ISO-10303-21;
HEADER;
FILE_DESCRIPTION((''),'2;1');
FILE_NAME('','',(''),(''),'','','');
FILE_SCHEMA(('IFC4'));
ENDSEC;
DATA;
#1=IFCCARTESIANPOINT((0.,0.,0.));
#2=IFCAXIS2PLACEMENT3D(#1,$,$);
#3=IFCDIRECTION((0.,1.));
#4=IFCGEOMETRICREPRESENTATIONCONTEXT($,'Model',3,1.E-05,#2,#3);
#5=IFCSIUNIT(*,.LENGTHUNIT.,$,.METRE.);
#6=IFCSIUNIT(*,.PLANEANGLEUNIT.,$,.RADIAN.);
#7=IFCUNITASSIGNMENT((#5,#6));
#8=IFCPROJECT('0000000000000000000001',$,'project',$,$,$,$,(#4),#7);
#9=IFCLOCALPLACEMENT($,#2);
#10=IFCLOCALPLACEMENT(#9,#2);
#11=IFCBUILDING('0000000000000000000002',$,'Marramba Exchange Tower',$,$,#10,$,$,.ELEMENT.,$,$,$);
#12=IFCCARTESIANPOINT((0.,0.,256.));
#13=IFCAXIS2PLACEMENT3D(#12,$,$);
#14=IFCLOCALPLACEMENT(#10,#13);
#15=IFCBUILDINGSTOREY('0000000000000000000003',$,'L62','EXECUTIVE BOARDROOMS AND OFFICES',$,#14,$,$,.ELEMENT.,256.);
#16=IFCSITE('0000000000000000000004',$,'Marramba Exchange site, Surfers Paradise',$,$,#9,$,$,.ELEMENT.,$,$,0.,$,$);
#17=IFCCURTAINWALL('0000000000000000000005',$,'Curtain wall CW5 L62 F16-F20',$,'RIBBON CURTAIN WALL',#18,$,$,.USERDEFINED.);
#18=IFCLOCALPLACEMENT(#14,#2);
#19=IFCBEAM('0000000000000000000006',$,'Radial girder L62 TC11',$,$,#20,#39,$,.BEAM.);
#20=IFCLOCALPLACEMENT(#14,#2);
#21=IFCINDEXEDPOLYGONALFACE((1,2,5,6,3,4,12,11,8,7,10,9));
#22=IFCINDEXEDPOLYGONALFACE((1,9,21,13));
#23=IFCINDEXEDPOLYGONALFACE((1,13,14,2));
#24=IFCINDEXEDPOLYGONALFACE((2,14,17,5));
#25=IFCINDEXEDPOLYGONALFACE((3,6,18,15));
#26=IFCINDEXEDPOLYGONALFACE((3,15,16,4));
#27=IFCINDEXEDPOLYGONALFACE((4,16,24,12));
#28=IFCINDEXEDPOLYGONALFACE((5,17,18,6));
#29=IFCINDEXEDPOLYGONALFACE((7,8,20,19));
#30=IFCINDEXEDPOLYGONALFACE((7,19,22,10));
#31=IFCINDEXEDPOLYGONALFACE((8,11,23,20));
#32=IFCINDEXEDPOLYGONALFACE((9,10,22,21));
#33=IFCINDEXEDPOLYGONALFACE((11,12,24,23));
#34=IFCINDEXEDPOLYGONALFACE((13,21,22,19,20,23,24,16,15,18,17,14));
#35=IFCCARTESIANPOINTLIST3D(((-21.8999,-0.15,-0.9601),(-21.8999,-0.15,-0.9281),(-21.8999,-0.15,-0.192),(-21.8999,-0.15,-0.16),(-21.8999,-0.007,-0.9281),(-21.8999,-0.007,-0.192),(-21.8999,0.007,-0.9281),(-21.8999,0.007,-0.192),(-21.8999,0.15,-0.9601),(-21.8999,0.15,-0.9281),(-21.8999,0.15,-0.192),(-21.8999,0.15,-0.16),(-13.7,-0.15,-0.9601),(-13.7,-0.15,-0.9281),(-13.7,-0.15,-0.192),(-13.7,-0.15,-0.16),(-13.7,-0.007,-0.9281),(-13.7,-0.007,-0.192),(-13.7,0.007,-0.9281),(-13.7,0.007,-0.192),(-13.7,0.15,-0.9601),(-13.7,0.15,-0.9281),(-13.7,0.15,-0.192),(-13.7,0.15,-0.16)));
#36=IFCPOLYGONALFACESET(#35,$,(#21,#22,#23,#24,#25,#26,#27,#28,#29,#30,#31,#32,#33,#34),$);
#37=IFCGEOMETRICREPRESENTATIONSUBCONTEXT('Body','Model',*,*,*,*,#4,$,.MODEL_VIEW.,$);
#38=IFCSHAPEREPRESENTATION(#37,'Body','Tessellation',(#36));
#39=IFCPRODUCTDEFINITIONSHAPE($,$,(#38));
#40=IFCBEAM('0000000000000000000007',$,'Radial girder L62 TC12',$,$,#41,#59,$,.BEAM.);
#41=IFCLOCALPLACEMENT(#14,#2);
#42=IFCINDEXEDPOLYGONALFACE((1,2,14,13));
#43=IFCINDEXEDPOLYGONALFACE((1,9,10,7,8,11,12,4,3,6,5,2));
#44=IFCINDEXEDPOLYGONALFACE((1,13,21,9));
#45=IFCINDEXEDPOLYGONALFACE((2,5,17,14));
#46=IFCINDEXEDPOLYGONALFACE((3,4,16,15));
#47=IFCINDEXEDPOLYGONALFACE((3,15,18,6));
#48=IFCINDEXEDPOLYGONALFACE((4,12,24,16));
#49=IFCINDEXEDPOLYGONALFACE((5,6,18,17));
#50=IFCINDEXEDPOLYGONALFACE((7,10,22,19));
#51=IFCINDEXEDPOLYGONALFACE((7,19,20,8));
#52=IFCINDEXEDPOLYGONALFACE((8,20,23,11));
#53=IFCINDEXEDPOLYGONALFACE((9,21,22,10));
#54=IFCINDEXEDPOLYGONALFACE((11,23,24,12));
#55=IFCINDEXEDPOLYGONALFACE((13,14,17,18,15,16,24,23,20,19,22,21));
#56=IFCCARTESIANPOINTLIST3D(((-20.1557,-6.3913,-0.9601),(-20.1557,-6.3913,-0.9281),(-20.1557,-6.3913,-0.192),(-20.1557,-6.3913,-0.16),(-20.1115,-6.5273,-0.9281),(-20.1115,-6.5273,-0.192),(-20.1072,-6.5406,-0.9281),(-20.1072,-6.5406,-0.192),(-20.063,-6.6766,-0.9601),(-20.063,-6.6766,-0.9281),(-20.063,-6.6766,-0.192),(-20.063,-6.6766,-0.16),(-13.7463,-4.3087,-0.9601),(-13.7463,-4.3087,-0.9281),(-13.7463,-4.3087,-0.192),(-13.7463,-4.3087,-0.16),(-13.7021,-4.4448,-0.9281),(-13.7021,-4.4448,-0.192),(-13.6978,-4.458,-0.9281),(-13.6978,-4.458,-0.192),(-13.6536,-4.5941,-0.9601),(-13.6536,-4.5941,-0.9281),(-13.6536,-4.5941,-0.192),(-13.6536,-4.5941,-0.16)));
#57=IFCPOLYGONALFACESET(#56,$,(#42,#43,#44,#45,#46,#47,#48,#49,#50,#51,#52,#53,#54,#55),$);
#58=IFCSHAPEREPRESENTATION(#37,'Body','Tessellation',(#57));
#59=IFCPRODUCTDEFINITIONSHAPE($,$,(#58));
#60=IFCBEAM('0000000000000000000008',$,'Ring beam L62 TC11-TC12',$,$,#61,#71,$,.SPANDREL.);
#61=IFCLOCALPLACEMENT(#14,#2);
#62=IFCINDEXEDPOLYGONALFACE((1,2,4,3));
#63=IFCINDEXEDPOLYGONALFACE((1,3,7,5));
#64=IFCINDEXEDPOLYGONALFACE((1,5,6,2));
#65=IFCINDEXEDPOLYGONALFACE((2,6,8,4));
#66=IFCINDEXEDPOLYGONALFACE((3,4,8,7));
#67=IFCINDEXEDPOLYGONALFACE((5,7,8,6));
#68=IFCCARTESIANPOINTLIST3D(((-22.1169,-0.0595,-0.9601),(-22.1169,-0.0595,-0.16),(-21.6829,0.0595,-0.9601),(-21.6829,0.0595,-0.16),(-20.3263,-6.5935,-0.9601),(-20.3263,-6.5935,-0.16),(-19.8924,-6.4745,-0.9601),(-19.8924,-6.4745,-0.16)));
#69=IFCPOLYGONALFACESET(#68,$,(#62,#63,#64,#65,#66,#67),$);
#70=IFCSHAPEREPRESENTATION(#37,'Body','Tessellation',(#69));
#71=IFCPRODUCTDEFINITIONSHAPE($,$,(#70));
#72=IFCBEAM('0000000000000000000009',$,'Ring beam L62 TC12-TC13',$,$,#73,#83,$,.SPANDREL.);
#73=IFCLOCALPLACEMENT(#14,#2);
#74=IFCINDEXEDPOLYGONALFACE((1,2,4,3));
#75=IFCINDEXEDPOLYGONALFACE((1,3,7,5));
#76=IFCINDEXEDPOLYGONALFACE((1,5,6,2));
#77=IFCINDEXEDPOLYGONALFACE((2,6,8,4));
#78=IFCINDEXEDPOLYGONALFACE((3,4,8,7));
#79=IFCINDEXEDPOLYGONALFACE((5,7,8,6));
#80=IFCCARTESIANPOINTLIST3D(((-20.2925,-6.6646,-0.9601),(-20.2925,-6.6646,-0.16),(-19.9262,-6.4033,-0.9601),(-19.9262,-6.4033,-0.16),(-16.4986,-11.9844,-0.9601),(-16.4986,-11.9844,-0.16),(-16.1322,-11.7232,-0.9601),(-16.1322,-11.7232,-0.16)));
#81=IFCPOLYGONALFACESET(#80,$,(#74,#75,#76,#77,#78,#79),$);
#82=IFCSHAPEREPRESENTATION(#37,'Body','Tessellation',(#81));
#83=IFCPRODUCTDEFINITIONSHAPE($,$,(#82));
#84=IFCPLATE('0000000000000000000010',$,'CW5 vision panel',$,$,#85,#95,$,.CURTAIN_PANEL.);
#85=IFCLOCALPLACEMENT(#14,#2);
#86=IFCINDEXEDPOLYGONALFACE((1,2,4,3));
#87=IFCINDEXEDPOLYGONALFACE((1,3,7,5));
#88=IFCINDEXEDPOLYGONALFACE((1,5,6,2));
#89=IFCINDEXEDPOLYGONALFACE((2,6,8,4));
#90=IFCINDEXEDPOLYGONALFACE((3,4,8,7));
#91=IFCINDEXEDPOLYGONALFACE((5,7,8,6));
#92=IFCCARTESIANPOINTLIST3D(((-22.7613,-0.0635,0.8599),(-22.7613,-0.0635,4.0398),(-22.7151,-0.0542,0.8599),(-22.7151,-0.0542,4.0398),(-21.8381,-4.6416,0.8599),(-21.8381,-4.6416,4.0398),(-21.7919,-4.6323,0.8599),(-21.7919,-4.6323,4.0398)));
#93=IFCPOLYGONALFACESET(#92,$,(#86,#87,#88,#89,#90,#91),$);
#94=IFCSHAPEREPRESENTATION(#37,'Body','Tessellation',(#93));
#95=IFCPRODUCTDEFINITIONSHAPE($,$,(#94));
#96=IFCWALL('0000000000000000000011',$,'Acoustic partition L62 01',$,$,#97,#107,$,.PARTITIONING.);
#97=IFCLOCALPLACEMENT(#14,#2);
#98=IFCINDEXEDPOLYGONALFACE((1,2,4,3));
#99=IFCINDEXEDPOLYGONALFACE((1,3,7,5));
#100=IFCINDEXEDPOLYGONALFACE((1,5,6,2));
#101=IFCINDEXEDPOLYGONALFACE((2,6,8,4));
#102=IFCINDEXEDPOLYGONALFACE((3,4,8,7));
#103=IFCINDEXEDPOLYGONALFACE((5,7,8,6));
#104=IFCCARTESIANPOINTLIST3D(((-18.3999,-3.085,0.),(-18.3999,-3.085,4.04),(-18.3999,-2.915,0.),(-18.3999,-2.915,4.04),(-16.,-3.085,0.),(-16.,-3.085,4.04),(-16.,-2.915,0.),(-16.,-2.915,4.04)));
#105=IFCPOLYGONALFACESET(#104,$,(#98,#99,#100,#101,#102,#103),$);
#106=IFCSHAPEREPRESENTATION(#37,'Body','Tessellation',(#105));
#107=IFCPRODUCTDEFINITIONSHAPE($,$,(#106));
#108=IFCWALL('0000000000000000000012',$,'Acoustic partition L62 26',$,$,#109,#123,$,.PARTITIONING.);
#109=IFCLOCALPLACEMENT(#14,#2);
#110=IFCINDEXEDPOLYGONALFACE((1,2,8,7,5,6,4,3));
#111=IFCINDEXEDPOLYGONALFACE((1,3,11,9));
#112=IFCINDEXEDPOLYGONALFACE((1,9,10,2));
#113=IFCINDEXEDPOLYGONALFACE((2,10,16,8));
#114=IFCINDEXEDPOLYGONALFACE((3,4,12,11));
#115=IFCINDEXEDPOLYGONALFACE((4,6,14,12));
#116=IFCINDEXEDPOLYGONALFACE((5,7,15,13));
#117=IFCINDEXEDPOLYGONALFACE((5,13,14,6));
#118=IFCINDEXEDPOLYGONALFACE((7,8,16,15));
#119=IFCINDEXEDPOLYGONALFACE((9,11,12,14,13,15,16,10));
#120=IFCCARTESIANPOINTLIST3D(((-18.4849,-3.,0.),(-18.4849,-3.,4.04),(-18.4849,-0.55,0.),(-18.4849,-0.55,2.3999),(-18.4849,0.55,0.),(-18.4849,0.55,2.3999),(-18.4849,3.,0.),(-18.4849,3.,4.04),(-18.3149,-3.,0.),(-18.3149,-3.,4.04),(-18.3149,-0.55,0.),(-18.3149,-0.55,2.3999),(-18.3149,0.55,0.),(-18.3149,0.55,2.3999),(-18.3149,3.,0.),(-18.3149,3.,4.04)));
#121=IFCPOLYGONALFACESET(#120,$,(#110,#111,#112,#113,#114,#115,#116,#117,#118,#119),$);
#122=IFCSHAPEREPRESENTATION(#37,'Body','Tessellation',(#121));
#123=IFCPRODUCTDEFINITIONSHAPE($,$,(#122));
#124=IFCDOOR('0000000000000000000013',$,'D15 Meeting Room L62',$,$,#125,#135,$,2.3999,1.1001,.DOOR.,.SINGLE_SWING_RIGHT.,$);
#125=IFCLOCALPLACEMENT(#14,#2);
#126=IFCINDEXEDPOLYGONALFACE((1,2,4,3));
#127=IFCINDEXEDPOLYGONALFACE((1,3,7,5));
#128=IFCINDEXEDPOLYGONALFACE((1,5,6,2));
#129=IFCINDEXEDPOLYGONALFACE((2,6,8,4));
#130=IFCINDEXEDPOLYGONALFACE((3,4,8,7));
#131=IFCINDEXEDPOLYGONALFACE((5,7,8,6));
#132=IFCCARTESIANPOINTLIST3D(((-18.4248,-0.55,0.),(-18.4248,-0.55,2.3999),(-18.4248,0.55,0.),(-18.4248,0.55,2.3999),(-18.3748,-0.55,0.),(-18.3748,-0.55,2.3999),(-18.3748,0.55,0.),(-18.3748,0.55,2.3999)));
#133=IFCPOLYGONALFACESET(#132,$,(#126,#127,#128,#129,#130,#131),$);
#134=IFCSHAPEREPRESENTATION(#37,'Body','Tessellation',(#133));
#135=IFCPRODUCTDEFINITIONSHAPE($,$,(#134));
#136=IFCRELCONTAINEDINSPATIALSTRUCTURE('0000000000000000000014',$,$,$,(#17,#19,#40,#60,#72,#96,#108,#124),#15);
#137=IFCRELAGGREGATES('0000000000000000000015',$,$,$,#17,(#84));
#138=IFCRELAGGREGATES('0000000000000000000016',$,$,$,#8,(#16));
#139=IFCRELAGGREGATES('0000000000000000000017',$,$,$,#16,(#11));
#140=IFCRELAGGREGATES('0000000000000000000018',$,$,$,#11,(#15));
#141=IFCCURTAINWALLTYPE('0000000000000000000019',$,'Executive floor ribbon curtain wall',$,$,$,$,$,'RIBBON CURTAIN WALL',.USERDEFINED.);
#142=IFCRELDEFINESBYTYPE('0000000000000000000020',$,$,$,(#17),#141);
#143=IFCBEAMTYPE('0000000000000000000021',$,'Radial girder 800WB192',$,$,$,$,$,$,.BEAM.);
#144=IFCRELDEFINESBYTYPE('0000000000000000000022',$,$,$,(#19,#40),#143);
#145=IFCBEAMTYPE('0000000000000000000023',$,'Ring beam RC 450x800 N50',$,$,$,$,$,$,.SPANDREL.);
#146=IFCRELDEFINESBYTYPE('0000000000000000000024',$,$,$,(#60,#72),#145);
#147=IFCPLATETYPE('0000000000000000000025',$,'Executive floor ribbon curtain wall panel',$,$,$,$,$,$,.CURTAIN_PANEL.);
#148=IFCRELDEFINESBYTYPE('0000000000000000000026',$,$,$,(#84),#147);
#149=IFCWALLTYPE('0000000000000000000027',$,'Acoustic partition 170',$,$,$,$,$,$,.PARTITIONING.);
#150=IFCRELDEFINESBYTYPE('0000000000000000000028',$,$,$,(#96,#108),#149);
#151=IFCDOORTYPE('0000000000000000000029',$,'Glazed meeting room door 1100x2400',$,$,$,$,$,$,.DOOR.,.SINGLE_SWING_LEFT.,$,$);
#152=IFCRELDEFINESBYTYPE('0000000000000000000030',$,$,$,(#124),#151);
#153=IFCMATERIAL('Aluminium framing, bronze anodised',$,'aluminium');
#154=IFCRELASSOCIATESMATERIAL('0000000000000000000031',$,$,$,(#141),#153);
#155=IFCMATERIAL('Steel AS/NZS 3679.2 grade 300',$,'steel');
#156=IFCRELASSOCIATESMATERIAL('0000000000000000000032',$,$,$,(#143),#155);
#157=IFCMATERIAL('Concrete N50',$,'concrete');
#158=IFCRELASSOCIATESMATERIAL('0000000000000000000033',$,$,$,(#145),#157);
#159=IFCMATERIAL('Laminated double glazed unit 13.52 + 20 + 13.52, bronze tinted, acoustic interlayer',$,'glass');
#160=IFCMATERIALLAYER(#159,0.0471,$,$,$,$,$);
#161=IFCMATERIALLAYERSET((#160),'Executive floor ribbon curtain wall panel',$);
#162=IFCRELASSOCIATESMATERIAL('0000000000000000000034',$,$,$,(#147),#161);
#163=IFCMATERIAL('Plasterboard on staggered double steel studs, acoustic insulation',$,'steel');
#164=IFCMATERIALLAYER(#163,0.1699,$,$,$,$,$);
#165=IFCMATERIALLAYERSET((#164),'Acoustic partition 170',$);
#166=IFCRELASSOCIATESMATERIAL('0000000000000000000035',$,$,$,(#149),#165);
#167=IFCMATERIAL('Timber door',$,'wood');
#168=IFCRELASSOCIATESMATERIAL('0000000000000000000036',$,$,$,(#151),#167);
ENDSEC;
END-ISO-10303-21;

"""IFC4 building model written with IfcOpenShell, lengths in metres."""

from ifc_helpers import new_model, si_unit, direction, frame, frame_2d, origin, origin_2d, place, context, subcontext, project, spatial, rectangle, i_section, extrude, material, layer, layer_set, material_profile, profile_set, type_object, element, fill, aggregate, save


model = new_model("IFC4")

# Units and contexts
model_context = context("Model", 3, precision=1e-05, world=origin(), true_north=direction((0.0, 1.0)))
body_context = subcontext(model_context, "Body", "Model", "MODEL_VIEW")
ifc_project = project(units=[si_unit("LENGTHUNIT", "METRE"), si_unit("PLANEANGLEUNIT", "RADIAN")], contexts=[model_context])

# Site, building, storey
site_placement = place(None, origin())
site = spatial("IfcSite", under=ifc_project, at=site_placement, Name="Marramba Exchange site, Surfers Paradise", CompositionType="ELEMENT", RefElevation=0.0)
building_placement = place(site_placement, origin())
building = spatial("IfcBuilding", under=site, at=building_placement, Name="Marramba Exchange Tower", CompositionType="ELEMENT")
storey_placement = place(building_placement, frame((0.0, 0.0, 256.0)))
storey = spatial("IfcBuildingStorey", under=building, at=storey_placement, Name="L62", Description="EXECUTIVE BOARDROOMS AND OFFICES", CompositionType="ELEMENT", Elevation=256.0)

# Shared definitions
ifc_material_1 = material(Name="Concrete N50", Category="concrete")

# Curtain wall
ifc_material_2 = material(Name="Aluminium framing, bronze anodised", Category="aluminium")
curtain_wall_type = type_object("IfcCurtainWallType", Name="Executive floor ribbon curtain wall", ElementType="RIBBON CURTAIN WALL", PredefinedType="USERDEFINED", material=ifc_material_2)
curtain_wall_placement = place(storey_placement, origin())
curtain_wall = element("IfcCurtainWall", 1, at=curtain_wall_placement, inside=storey, type_object=curtain_wall_type, Name="Curtain wall CW5 L62 F16-F20", ObjectType="RIBBON CURTAIN WALL", PredefinedType="USERDEFINED")

# Beams
ifc_material_3 = material(Name="Steel AS/NZS 3679.2 grade 300", Category="steel")
ifc_material_profile_1 = material_profile(ifc_material_3, i_section(OverallWidth=0.3, OverallDepth=0.8, WebThickness=0.0139, FlangeThickness=0.032, at=origin_2d()), Name="800WB192")
ifc_profile_set_1 = profile_set([ifc_material_profile_1], Name="Steel AS/NZS 3679.2 grade 300")
beam_type_1 = type_object("IfcBeamType", Name="Radial girder 800WB192", PredefinedType="BEAM", material=ifc_profile_set_1)
beam_1_placement = place(storey_placement, frame((-13.7, 0.0, -0.5601), z_axis=(-1.0, 0.0, 0.0), x_axis=(0.0, -1.0, 0.0)))
element("IfcBeam", 2, at=beam_1_placement, inside=storey, type_object=beam_type_1, Name="Radial girder L62 TC11", PredefinedType="BEAM", context=body_context, shape_type="SweptSolid", body=[
    extrude(i_section(OverallWidth=0.3, OverallDepth=0.8, WebThickness=0.0139, FlangeThickness=0.032, at=origin_2d()), origin(), (0.0, 0.0, 1.0), 8.2),
])
beam_2_placement = place(storey_placement, frame((-13.7, -4.4514, -0.5601), z_axis=(-0.951058, -0.309013, 0.0), x_axis=(0.309013, -0.951058, 0.0)))
element("IfcBeam", 3, at=beam_2_placement, inside=storey, type_object=beam_type_1, Name="Radial girder L62 TC12", PredefinedType="BEAM", context=body_context, shape_type="SweptSolid", body=[
    extrude(i_section(OverallWidth=0.3, OverallDepth=0.8, WebThickness=0.0139, FlangeThickness=0.032, at=origin_2d()), origin(), (0.0, 0.0, 1.0), 6.7393),
])
ifc_material_profile_2 = material_profile(ifc_material_1, rectangle(XDim=0.45, YDim=0.8, at=origin_2d()), Name="RC 450x800")
ifc_profile_set_2 = profile_set([ifc_material_profile_2], Name="Concrete N50")
beam_type_2 = type_object("IfcBeamType", Name="Ring beam RC 450x800 N50", PredefinedType="SPANDREL", material=ifc_profile_set_2)
beam_3_placement = place(storey_placement, frame((-21.8999, 0.0, -0.5601), z_axis=(0.264291, -0.964443, 0.0), x_axis=(0.964443, 0.264291, 0.0)))
element("IfcBeam", 4, at=beam_3_placement, inside=storey, type_object=beam_type_2, Name="Ring beam L62 TC11-TC12", PredefinedType="SPANDREL", context=body_context, shape_type="SweptSolid", body=[
    extrude(rectangle(XDim=0.45, YDim=0.8, at=origin_2d()), origin(), (0.0, 0.0, 1.0), 6.7749),
])
beam_4_placement = place(storey_placement, frame((-20.1094, -6.5339, -0.5601), z_axis=(0.580637, -0.814162, 0.0), x_axis=(0.814162, 0.580637, 0.0)))
element("IfcBeam", 5, at=beam_4_placement, inside=storey, type_object=beam_type_2, Name="Ring beam L62 TC12-TC13", PredefinedType="SPANDREL", context=body_context, shape_type="SweptSolid", body=[
    extrude(rectangle(XDim=0.45, YDim=0.8, at=origin_2d()), origin(), (0.0, 0.0, 1.0), 6.5342),
])

# Plate
ifc_material_4 = material(Name="Laminated double glazed unit 13.52 + 20 + 13.52, bronze tinted, acoustic interlayer", Category="glass")
ifc_layer_1 = layer(ifc_material_4, 0.0471)
ifc_layer_set_1 = layer_set([ifc_layer_1], Name="Executive floor ribbon curtain wall panel")
plate_type = type_object("IfcPlateType", Name="Executive floor ribbon curtain wall panel", PredefinedType="CURTAIN_PANEL", material=ifc_layer_set_1)
plate_placement = place(storey_placement, frame((-22.2766, -2.3479, 0.8599), z_axis=(0.0, 0.0, 1.0), x_axis=(0.197671, -0.980269, 0.0)))
plate = element("IfcPlate", 6, at=plate_placement, type_object=plate_type, Name="CW5 vision panel", PredefinedType="CURTAIN_PANEL", context=body_context, shape_type="SweptSolid", body=[
    extrude(rectangle(XDim=4.6702, YDim=0.0471, at=origin_2d()), origin(), (0.0, 0.0, 1.0), 3.1799),
])
aggregate(curtain_wall, [plate])

# Wall
ifc_material_5 = material(Name="Plasterboard on staggered double steel studs, acoustic insulation", Category="steel")
ifc_layer_2 = layer(ifc_material_5, 0.1699)
ifc_layer_set_2 = layer_set([ifc_layer_2], Name="Acoustic partition 170")
wall_type_1 = type_object("IfcWallType", Name="Acoustic partition 170", PredefinedType="PARTITIONING", material=ifc_layer_set_2)
wall_1_placement = place(storey_placement, frame((-16.0, -3.0, 0.0), z_axis=(0.0, 0.0, 1.0), x_axis=(-1.0, 0.0, 0.0)))
element("IfcWall", 7, at=wall_1_placement, inside=storey, type_object=wall_type_1, Name="Acoustic partition L62 01", PredefinedType="PARTITIONING", context=body_context, shape_type="SweptSolid", body=[
    extrude(rectangle(XDim=2.3999, YDim=0.1699, at=frame_2d((1.2, 0.0))), origin(), (0.0, 0.0, 1.0), 4.04),
])

# Wall, opening, door
wall_2_placement = place(storey_placement, frame((-18.3999, -3.0, 0.0), z_axis=(0.0, 0.0, 1.0), x_axis=(0.0, 1.0, 0.0)))
wall_2 = element("IfcWall", 8, at=wall_2_placement, inside=storey, type_object=wall_type_1, Name="Acoustic partition L62 26", PredefinedType="PARTITIONING", context=body_context, shape_type="SweptSolid", body=[
    extrude(rectangle(XDim=6.0, YDim=0.1699, at=frame_2d((3.0, 0.0))), origin(), (0.0, 0.0, 1.0), 4.04),
])
opening_1_placement = place(wall_2_placement, frame((2.45, 0.0, 0.0)))
opening_1 = element("IfcOpeningElement", 9, at=opening_1_placement, cuts=wall_2, PredefinedType="OPENING", context=body_context, shape_type="SweptSolid", body=[
    extrude(rectangle(XDim=1.1001, YDim=2.3999, at=frame_2d((0.55, 1.2))), frame((0.0, 0.095, 0.0), z_axis=(0.0, -1.0, 0.0), x_axis=(1.0, 0.0, 0.0)), (0.0, 0.0, 1.0), 0.1899),
])
ifc_material_6 = material(Name="Timber door", Category="wood")
door_type_1 = type_object("IfcDoorType", Name="Glazed meeting room door 1100x2400", OperationType="SINGLE_SWING_LEFT", PredefinedType="DOOR", material=ifc_material_6)
door_1_placement = place(opening_1_placement, frame((1.1001, 0.0, 0.0), z_axis=(0.0, 0.0, 1.0), x_axis=(-1.0, 0.0, 0.0)))
door_1 = element("IfcDoor", 10, at=door_1_placement, inside=storey, type_object=door_type_1, Name="D15 Meeting Room L62", OperationType="SINGLE_SWING_RIGHT", OverallHeight=2.3999, OverallWidth=1.1001, PredefinedType="DOOR", context=body_context, shape_type="SweptSolid", body=[
    extrude(rectangle(XDim=1.1001, YDim=2.3999, at=frame_2d((0.55, 1.2))), frame((0.0, 0.0251, 0.0), z_axis=(0.0, -1.0, 0.0), x_axis=(1.0, 0.0, 0.0)), (0.0, 0.0, 1.0), 0.05),
])
fill(opening_1, door_1)

save(model, "model.ifc")
